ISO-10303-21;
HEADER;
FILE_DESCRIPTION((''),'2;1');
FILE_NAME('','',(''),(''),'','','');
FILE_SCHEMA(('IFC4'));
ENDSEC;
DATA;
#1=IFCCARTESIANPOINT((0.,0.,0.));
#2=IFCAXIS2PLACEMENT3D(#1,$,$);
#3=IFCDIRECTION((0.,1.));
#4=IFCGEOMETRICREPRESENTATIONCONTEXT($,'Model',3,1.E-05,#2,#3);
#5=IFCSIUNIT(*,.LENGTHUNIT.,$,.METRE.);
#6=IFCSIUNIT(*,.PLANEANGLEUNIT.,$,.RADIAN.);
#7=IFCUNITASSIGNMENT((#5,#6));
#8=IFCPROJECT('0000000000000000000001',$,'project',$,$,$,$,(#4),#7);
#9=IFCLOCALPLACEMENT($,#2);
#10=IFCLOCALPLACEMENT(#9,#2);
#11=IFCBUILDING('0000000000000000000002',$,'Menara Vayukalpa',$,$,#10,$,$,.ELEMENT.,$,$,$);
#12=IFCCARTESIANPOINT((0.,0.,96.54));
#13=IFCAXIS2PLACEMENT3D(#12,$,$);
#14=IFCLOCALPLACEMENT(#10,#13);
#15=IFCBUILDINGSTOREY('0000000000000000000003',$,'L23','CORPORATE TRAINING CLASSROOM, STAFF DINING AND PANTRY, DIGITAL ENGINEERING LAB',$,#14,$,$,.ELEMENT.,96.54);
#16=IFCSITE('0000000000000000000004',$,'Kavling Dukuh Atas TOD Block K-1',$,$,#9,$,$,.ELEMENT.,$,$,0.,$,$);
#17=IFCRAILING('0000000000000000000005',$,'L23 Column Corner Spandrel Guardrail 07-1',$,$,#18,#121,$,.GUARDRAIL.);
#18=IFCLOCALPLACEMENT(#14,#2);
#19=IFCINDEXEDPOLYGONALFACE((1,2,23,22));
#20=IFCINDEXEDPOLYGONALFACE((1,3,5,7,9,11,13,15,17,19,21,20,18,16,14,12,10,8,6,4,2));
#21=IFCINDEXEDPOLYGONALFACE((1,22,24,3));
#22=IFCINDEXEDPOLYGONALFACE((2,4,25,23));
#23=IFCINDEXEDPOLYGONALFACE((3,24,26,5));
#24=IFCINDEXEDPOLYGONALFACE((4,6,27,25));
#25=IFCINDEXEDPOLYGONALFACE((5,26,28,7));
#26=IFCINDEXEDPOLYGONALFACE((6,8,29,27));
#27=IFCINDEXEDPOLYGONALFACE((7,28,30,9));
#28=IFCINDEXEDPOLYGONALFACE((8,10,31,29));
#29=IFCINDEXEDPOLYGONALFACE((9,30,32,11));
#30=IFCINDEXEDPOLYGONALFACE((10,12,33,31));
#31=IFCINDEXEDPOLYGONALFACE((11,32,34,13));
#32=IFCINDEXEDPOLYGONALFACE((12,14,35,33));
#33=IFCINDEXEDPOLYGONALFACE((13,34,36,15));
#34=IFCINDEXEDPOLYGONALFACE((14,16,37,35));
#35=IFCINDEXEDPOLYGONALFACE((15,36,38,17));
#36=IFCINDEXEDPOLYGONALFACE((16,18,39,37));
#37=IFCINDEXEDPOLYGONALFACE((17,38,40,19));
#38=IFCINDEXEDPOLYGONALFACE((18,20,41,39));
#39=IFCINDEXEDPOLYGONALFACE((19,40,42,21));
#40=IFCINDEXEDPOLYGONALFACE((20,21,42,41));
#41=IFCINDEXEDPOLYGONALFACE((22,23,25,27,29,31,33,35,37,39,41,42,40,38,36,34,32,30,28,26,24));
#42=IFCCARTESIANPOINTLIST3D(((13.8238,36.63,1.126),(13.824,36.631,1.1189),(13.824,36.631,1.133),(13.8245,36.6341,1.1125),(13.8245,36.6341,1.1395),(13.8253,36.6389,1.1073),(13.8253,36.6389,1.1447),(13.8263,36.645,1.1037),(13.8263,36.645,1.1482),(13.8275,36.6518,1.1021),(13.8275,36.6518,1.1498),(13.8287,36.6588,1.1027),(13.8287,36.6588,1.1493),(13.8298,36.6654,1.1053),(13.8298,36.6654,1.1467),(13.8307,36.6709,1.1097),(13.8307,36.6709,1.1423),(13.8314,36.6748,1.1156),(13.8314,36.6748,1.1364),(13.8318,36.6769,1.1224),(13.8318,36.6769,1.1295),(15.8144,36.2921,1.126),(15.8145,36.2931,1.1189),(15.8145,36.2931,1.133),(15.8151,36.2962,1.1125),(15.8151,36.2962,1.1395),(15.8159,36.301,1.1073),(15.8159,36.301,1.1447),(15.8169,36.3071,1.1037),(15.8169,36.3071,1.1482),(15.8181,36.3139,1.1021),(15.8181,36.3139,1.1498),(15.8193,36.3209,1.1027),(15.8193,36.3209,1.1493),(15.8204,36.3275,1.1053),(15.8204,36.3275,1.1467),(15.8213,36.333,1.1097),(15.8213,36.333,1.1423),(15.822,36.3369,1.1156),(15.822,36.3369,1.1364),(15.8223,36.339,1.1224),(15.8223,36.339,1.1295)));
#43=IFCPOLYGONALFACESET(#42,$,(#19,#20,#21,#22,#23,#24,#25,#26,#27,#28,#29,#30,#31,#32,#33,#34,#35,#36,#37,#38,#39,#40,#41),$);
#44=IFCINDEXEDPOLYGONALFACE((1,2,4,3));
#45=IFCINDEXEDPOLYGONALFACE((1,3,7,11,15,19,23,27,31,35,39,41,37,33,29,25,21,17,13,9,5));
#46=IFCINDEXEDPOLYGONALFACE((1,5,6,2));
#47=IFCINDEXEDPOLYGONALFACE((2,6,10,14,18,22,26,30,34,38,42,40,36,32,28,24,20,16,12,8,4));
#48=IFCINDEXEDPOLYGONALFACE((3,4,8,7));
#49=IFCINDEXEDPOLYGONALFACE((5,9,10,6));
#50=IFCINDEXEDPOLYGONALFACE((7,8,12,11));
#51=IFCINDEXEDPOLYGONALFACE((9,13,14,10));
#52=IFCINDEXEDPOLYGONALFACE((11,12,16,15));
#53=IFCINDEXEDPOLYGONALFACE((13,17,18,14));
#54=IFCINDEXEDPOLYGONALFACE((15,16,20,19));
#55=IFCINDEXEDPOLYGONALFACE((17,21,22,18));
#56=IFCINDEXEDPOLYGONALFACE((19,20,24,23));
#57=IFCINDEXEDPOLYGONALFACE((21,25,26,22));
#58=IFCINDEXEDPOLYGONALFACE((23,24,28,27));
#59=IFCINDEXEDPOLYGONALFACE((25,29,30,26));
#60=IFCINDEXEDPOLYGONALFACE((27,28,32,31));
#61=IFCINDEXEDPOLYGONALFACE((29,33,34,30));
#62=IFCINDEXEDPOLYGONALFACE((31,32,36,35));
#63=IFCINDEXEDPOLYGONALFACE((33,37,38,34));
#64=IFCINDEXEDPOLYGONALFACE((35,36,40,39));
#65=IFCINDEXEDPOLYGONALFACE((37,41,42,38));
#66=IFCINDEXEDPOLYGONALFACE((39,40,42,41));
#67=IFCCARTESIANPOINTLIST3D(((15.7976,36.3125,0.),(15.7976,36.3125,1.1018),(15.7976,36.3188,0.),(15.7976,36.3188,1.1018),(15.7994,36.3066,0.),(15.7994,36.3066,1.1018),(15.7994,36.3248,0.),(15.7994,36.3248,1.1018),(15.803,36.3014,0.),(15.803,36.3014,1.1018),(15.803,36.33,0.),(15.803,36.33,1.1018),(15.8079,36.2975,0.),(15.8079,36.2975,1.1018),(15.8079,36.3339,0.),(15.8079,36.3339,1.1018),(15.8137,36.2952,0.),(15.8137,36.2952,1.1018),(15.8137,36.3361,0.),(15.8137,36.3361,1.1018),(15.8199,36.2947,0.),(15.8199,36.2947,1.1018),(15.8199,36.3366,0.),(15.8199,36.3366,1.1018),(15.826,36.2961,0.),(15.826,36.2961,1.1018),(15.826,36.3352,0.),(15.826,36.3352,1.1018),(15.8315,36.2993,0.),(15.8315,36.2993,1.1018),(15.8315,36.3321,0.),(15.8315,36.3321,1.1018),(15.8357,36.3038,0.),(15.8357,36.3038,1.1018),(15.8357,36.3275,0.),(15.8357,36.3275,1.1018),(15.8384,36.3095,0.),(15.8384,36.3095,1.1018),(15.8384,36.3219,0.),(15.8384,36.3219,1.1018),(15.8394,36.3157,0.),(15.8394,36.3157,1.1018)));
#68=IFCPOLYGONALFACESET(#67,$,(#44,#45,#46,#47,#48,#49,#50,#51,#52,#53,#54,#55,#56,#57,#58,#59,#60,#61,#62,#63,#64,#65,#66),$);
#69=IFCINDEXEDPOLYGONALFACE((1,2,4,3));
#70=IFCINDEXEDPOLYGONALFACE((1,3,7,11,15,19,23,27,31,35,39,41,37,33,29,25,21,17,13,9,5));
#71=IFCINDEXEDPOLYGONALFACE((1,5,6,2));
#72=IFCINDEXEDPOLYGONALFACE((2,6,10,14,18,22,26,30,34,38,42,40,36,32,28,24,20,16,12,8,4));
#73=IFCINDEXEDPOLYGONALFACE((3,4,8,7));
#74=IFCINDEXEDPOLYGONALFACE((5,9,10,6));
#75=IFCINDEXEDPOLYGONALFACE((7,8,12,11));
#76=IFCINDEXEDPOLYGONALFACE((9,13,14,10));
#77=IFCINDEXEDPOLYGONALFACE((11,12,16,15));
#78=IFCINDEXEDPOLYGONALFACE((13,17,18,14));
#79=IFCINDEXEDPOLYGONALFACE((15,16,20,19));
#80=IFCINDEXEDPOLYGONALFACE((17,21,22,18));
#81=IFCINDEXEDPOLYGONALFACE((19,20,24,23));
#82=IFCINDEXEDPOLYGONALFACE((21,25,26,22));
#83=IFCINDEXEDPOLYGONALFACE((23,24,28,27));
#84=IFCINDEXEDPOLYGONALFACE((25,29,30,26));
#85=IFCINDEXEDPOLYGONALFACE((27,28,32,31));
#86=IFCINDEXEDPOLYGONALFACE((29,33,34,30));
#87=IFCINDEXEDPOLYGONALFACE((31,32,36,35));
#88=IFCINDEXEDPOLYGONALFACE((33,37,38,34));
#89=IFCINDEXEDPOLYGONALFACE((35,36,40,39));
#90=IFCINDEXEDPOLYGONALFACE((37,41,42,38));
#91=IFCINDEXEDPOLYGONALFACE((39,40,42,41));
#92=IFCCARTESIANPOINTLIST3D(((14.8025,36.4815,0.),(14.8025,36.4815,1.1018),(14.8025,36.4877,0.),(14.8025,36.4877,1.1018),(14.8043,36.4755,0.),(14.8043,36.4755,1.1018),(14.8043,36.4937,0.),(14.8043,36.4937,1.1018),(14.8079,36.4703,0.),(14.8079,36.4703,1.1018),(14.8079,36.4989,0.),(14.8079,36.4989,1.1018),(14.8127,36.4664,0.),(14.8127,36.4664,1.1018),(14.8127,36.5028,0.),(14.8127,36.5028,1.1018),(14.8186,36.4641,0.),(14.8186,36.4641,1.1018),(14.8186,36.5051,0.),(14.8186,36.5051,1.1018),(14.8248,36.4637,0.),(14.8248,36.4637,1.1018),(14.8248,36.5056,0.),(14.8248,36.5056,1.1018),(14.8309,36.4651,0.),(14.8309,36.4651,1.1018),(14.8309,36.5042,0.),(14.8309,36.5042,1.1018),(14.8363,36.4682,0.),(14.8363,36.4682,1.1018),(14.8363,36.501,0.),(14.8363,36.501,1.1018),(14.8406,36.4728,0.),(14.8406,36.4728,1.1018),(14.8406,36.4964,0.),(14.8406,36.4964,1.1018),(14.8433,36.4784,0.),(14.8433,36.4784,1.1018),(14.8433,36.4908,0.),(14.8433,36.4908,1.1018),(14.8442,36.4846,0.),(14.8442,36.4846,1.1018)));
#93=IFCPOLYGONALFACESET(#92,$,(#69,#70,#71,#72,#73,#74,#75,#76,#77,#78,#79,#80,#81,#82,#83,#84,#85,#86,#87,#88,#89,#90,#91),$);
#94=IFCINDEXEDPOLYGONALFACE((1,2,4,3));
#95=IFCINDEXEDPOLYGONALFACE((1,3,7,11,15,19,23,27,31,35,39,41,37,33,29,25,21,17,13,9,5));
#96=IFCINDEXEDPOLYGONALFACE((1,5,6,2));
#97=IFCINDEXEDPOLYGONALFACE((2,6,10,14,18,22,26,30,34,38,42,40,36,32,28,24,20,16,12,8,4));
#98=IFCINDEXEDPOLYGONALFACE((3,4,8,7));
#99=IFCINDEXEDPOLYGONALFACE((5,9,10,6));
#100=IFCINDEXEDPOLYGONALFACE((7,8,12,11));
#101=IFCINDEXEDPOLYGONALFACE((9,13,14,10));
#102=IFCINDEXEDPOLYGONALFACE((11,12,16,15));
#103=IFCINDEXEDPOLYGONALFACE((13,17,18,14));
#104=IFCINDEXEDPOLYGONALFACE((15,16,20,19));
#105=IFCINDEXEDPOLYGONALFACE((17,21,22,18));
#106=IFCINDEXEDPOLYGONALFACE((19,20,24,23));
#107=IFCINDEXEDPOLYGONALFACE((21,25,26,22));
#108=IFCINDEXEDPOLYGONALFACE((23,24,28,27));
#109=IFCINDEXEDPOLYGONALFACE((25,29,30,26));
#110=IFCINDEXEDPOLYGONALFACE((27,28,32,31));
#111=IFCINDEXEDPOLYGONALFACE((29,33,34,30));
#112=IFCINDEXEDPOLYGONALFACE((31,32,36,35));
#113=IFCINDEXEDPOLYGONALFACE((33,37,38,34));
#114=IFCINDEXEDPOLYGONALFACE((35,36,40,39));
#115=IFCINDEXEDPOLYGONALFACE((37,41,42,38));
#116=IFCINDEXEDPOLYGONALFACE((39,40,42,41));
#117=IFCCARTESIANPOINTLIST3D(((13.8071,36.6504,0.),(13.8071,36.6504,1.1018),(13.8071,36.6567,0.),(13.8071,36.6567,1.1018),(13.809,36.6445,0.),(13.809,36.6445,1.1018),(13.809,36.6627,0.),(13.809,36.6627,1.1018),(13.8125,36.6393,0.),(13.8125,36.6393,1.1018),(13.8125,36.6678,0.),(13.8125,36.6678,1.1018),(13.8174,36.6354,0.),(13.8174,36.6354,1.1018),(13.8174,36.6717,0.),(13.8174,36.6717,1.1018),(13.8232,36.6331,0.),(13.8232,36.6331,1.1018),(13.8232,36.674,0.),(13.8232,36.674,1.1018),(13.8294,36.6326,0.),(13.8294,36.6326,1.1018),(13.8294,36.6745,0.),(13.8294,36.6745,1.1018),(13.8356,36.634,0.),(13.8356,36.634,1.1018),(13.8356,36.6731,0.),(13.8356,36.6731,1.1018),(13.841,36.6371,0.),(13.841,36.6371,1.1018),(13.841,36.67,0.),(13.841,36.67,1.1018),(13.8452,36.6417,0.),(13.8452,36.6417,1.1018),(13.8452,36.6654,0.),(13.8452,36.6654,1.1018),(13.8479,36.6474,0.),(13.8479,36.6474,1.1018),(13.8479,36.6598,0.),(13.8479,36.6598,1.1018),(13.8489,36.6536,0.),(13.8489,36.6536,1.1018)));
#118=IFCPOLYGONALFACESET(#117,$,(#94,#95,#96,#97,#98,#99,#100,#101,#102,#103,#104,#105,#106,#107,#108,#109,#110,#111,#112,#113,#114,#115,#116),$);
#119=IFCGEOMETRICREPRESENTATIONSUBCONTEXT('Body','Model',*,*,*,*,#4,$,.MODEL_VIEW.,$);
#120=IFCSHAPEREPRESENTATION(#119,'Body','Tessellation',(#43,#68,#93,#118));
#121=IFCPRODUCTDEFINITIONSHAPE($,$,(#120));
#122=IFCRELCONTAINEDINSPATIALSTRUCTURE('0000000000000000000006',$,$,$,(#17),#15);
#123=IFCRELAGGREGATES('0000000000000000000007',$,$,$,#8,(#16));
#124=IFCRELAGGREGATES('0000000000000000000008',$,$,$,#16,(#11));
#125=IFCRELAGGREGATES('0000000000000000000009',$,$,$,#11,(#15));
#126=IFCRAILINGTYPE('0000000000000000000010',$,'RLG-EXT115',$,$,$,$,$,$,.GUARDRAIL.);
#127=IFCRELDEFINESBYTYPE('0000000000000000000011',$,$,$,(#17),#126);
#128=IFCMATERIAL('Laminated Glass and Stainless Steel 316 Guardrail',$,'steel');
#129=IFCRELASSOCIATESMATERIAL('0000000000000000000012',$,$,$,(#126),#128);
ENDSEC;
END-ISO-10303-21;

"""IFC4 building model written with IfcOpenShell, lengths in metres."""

from ifc_helpers import new_model, si_unit, direction, frame, origin, origin_2d, place, context, subcontext, project, spatial, circle, extrude, material, type_object, element, save


model = new_model("IFC4")

# Units and contexts
model_context = context("Model", 3, precision=1e-05, world=origin(), true_north=direction((0.0, 1.0)))
body_context = subcontext(model_context, "Body", "Model", "MODEL_VIEW")
ifc_project = project(units=[si_unit("LENGTHUNIT", "METRE"), si_unit("PLANEANGLEUNIT", "RADIAN")], contexts=[model_context])

# Site, building, storey
site_placement = place(None, origin())
site = spatial("IfcSite", under=ifc_project, at=site_placement, Name="Kavling Dukuh Atas TOD Block K-1", CompositionType="ELEMENT", RefElevation=0.0)
building_placement = place(site_placement, origin())
building = spatial("IfcBuilding", under=site, at=building_placement, Name="Menara Vayukalpa", CompositionType="ELEMENT")
storey_placement = place(building_placement, frame((0.0, 0.0, 96.54)))
storey = spatial("IfcBuildingStorey", under=building, at=storey_placement, Name="L23", Description="CORPORATE TRAINING CLASSROOM, STAFF DINING AND PANTRY, DIGITAL ENGINEERING LAB", CompositionType="ELEMENT", Elevation=96.54)

# Railing
ifc_material_1 = material(Name="Laminated Glass and Stainless Steel 316 Guardrail", Category="steel")
railing_type = type_object("IfcRailingType", Name="RLG-EXT115", PredefinedType="GUARDRAIL", material=ifc_material_1)
railing_1_placement = place(storey_placement, frame((15.8184, 36.3157, 0.0)))
element("IfcRailing", 1, at=railing_1_placement, inside=storey, type_object=railing_type, Name="L23 Column Corner Spandrel Guardrail 07-1", PredefinedType="GUARDRAIL", context=body_context, shape_type="SweptSolid", body=[
    extrude(circle(Radius=0.0239, at=origin_2d()), frame((0.0, 0.0, 1.126), z_axis=(-0.985896, 0.167359, 0.0), x_axis=(-0.167359, -0.985896, 0.0)), (0.0, 0.0, 1.0), 2.019),
    extrude(circle(Radius=0.021, at=origin_2d()), origin(), (0.0, 0.0, 1.0), 1.1018),
    extrude(circle(Radius=0.021, at=origin_2d()), frame((-0.9951, 0.1689, 0.0)), (0.0, 0.0, 1.0), 1.1018),
    extrude(circle(Radius=0.021, at=origin_2d()), frame((-1.9905, 0.3379, 0.0)), (0.0, 0.0, 1.0), 1.1018),
])

save(model, "model.ifc")
